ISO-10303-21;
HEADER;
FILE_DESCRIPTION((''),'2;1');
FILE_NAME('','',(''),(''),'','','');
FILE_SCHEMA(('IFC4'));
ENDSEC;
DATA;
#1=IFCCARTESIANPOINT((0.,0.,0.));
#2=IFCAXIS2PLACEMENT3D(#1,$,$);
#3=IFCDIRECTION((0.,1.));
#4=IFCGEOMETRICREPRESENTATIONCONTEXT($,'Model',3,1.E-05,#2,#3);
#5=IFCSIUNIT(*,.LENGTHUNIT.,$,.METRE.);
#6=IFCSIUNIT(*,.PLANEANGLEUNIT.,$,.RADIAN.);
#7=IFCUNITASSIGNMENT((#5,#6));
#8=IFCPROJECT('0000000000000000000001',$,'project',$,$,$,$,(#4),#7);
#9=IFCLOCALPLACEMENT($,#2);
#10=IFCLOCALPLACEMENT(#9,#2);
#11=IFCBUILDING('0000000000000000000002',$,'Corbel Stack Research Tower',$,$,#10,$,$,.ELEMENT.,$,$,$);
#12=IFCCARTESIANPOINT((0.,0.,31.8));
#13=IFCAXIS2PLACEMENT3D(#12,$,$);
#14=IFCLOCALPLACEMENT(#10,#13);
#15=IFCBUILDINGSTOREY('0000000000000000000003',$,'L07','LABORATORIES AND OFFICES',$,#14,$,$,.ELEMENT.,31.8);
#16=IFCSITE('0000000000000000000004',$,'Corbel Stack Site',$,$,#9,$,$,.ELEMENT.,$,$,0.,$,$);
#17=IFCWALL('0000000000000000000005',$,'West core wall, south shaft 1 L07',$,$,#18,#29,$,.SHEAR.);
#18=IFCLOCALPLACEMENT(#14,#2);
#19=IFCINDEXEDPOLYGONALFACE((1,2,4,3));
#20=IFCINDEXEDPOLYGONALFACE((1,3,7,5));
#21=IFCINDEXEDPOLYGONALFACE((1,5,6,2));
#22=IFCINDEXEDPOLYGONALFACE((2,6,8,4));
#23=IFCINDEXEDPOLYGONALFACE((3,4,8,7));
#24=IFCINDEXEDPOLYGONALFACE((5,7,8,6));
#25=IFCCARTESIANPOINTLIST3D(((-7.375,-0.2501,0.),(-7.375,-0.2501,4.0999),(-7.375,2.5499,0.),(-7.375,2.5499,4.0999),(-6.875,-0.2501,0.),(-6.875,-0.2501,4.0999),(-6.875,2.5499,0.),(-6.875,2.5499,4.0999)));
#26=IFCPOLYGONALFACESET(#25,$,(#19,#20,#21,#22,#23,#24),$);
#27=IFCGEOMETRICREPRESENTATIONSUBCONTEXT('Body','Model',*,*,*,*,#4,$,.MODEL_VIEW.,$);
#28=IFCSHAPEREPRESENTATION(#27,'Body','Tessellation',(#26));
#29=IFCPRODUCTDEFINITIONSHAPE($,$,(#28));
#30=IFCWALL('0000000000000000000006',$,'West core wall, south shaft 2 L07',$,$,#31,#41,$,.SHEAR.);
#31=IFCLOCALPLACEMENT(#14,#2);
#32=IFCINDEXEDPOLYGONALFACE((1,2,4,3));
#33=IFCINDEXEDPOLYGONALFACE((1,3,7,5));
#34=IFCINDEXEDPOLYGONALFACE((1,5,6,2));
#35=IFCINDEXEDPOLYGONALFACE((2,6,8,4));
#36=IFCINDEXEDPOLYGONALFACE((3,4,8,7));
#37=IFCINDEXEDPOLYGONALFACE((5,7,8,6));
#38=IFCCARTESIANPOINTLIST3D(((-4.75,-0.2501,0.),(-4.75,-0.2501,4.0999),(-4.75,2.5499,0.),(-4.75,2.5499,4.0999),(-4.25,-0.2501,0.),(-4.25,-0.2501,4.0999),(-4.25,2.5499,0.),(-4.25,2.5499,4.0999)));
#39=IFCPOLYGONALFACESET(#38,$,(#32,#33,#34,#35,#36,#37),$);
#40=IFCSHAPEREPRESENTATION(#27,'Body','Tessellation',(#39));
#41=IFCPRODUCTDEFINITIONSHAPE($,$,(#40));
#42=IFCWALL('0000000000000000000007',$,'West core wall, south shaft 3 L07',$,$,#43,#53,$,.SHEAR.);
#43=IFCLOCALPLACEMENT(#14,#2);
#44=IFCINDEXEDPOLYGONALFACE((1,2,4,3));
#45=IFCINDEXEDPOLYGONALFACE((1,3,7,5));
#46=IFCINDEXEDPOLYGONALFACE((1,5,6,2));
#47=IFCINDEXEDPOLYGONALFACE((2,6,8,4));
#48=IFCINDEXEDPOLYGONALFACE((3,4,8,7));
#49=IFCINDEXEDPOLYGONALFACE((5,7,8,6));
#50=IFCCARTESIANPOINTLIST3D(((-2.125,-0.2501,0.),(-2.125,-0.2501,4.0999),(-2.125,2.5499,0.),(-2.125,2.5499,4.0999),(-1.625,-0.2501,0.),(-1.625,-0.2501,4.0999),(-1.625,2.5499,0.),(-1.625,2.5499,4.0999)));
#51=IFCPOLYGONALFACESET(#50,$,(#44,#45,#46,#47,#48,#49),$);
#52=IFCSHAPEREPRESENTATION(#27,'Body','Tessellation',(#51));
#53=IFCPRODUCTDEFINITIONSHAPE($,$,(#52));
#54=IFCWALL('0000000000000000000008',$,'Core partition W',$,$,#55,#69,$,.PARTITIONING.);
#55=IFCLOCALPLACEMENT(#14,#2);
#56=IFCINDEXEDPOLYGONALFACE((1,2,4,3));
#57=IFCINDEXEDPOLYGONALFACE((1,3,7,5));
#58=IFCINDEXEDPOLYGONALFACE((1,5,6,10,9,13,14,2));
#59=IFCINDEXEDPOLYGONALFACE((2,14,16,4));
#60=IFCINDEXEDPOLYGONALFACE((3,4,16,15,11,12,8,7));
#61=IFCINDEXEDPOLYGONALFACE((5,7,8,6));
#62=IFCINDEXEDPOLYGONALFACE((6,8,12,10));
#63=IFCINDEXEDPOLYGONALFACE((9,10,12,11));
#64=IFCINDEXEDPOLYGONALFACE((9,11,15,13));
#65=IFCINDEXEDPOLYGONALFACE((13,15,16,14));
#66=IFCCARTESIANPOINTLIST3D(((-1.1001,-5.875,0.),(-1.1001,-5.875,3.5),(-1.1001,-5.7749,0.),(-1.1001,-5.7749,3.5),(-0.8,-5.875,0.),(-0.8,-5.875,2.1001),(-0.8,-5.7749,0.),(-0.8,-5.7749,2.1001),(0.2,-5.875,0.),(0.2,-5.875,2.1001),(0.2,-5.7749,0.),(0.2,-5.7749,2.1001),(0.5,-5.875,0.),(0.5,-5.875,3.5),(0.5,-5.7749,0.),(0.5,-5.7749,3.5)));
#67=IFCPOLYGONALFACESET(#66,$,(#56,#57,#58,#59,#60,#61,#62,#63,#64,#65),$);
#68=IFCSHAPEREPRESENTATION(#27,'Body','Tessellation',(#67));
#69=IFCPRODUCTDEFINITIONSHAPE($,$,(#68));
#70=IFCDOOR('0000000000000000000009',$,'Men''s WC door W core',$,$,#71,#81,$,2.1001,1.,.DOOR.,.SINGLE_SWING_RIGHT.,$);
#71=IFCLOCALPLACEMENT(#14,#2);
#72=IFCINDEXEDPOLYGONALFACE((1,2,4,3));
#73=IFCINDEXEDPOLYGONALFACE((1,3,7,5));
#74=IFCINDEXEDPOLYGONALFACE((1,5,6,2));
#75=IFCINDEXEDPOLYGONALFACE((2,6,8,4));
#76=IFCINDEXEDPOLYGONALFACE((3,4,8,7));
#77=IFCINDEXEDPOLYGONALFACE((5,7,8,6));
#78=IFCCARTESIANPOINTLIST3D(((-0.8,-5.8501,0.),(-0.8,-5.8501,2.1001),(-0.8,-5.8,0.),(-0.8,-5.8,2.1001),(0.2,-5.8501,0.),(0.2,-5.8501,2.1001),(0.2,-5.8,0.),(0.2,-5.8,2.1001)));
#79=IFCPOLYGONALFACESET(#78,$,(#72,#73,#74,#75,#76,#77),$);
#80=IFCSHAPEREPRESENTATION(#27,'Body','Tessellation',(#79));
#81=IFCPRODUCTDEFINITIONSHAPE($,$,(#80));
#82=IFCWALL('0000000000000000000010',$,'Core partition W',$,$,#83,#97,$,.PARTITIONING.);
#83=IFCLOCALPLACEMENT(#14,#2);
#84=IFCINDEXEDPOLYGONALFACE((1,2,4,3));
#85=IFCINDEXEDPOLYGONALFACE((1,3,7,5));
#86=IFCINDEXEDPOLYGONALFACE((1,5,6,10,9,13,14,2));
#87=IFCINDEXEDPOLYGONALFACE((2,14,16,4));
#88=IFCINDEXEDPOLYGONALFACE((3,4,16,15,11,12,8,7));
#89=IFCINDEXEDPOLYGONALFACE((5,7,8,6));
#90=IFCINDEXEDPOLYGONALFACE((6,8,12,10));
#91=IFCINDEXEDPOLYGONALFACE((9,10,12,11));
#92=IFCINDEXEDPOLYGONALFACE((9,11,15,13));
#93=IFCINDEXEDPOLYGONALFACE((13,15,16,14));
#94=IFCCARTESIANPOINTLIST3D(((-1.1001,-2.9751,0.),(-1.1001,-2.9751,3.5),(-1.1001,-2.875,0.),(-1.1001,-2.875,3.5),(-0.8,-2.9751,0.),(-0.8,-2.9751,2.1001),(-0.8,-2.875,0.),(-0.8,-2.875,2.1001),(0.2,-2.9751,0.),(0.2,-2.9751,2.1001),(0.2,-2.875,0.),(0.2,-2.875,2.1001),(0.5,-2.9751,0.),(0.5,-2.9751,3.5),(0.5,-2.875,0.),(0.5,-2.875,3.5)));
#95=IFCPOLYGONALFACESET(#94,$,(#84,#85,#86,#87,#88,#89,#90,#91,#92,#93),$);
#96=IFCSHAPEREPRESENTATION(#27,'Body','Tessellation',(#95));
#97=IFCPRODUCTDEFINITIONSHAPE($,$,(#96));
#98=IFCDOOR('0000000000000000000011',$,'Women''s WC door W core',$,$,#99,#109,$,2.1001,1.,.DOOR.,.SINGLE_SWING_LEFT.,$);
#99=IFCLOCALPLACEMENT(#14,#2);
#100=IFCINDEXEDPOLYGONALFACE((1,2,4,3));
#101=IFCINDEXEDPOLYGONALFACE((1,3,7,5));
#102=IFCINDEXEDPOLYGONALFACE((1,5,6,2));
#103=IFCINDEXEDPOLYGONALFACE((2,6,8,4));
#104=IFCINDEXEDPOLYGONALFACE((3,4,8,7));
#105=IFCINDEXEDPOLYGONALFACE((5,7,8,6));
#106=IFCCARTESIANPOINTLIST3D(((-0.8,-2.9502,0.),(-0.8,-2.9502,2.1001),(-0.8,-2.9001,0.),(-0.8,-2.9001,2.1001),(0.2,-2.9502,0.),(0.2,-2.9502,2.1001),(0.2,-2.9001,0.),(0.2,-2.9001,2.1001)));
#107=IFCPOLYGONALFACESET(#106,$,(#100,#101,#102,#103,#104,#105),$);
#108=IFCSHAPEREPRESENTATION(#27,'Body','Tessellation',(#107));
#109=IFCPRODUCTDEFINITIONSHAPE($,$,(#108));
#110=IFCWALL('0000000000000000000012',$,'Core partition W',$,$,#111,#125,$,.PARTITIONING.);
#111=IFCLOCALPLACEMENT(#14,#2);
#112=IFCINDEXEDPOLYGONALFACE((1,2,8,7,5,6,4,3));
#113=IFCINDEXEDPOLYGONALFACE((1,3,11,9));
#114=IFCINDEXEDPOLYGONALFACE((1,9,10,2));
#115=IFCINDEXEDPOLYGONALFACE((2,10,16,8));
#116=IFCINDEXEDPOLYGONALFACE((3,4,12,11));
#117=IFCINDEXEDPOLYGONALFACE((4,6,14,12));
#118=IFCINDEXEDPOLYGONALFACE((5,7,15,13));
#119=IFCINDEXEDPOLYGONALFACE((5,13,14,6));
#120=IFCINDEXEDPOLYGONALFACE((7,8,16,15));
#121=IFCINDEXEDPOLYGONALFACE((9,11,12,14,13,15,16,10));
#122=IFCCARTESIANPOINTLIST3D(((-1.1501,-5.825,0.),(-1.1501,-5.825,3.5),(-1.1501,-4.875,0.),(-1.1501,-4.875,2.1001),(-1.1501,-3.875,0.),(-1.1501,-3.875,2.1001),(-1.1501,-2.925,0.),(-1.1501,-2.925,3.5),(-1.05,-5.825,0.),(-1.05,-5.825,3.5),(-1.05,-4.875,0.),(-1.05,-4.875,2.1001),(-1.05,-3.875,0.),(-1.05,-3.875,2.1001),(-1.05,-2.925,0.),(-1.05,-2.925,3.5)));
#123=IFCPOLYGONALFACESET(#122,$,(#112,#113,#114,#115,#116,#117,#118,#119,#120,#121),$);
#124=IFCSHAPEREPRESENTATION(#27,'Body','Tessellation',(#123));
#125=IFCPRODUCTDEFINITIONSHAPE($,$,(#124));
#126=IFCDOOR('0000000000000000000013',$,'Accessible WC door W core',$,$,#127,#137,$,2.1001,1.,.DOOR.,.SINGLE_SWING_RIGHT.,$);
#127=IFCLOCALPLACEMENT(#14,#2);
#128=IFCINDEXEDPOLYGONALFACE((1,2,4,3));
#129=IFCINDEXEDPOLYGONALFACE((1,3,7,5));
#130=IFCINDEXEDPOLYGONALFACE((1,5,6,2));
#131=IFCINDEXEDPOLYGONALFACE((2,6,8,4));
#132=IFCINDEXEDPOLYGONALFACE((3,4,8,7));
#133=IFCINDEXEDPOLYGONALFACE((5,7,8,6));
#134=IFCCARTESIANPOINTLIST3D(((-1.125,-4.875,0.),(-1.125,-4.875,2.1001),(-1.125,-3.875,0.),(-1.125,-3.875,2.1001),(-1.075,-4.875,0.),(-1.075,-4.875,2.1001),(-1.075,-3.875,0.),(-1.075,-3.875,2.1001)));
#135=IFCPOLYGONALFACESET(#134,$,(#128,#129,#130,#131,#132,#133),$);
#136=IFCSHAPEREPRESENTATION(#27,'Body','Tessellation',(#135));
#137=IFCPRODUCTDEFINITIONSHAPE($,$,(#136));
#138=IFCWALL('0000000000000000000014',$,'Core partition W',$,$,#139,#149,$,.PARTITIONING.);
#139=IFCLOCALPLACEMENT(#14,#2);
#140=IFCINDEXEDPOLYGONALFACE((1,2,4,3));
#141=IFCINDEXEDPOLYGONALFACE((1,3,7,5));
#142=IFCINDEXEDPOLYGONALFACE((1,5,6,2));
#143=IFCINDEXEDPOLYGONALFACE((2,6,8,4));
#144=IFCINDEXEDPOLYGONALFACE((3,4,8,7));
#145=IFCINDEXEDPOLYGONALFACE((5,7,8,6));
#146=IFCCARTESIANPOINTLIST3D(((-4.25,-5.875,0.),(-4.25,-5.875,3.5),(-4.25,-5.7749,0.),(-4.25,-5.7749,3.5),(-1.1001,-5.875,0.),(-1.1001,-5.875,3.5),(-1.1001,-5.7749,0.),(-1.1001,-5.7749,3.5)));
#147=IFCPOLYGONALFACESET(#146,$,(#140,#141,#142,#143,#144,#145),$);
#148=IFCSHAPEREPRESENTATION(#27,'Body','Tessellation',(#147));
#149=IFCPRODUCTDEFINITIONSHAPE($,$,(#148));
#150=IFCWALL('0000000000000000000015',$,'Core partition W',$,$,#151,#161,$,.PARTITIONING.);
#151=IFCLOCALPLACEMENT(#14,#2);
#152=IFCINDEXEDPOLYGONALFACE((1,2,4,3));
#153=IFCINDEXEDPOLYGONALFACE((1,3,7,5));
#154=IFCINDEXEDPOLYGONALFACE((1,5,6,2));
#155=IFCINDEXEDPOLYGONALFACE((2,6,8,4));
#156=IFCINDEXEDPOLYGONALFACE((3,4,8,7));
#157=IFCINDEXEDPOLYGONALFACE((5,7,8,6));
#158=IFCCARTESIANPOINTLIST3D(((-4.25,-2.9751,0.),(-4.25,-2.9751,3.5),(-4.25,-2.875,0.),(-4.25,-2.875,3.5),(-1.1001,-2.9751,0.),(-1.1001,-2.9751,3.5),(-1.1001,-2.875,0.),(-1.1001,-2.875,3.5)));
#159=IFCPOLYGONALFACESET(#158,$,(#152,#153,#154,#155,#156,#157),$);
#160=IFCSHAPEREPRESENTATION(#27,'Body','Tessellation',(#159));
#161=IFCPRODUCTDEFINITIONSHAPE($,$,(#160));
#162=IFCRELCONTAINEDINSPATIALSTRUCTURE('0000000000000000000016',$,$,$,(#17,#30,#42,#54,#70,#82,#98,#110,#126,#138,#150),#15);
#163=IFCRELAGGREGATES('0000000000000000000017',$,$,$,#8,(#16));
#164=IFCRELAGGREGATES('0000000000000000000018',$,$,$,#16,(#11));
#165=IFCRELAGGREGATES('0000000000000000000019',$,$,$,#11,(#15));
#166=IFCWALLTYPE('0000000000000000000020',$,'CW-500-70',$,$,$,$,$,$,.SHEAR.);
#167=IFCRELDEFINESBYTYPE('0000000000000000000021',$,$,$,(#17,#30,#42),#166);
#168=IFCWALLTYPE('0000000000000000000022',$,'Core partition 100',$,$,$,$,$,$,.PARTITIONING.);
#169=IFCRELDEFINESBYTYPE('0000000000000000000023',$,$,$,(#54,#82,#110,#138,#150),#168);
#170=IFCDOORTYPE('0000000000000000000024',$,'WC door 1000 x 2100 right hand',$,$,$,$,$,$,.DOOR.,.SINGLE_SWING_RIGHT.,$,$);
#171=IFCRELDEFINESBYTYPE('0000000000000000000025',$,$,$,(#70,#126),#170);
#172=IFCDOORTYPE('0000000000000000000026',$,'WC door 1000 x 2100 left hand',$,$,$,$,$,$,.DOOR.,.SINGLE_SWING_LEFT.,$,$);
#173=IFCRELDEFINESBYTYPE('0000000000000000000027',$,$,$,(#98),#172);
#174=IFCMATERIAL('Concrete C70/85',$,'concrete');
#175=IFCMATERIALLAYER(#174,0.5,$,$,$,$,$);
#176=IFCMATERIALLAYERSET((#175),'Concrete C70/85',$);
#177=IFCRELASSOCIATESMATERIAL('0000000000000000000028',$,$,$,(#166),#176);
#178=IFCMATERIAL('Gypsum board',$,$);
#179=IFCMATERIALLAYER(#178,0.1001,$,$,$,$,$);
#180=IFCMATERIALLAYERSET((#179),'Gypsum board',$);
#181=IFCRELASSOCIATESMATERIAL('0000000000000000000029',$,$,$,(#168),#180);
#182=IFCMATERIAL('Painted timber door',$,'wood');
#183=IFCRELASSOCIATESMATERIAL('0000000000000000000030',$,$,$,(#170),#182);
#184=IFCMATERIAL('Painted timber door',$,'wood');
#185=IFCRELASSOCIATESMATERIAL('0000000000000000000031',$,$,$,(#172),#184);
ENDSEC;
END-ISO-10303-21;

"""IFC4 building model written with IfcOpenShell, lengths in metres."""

from ifc_helpers import new_model, si_unit, direction, frame, frame_2d, origin, place, context, subcontext, project, spatial, rectangle, extrude, material, layer, layer_set, type_object, element, fill, save


model = new_model("IFC4")

# Units and contexts
model_context = context("Model", 3, precision=1e-05, world=origin(), true_north=direction((0.0, 1.0)))
body_context = subcontext(model_context, "Body", "Model", "MODEL_VIEW")
ifc_project = project(units=[si_unit("LENGTHUNIT", "METRE"), si_unit("PLANEANGLEUNIT", "RADIAN")], contexts=[model_context])

# Site, building, storey
site_placement = place(None, origin())
site = spatial("IfcSite", under=ifc_project, at=site_placement, Name="Corbel Stack Site", CompositionType="ELEMENT", RefElevation=0.0)
building_placement = place(site_placement, origin())
building = spatial("IfcBuilding", under=site, at=building_placement, Name="Corbel Stack Research Tower", CompositionType="ELEMENT")
storey_placement = place(building_placement, frame((0.0, 0.0, 31.8)))
storey = spatial("IfcBuildingStorey", under=building, at=storey_placement, Name="L07", Description="LABORATORIES AND OFFICES", CompositionType="ELEMENT", Elevation=31.8)

# Walls
ifc_material_1 = material(Name="Concrete C70/85", Category="concrete")
ifc_layer_1 = layer(ifc_material_1, 0.5)
ifc_layer_set_1 = layer_set([ifc_layer_1], Name="Concrete C70/85")
wall_type_1 = type_object("IfcWallType", Name="CW-500-70", PredefinedType="SHEAR", material=ifc_layer_set_1)
for number, where, z_axis, x_axis, name in (
    (1, (-7.125, -0.25, 0.0), (0.0, 0.0, 1.0), (0.0, 1.0, 0.0), "West core wall, south shaft 1 L07"),
    (2, (-4.5, -0.25, 0.0), (0.0, 0.0, 1.0), (0.0, 1.0, 0.0), "West core wall, south shaft 2 L07"),
    (3, (-1.875, -0.25, 0.0), (0.0, 0.0, 1.0), (0.0, 1.0, 0.0), "West core wall, south shaft 3 L07"),
):
    element("IfcWall", number, at=place(storey_placement, frame(where, z_axis=z_axis, x_axis=x_axis)), inside=storey, type_object=wall_type_1, Name=name, PredefinedType="SHEAR", context=body_context, shape_type="SweptSolid", body=[
        extrude(rectangle(XDim=2.8, YDim=0.5, at=frame_2d((1.3999, 0.0))), origin(), (0.0, 0.0, 1.0), 4.0999),
    ])

# Walls, openings, doors
ifc_material_2 = material(Name="Gypsum board")
ifc_layer_2 = layer(ifc_material_2, 0.1001)
ifc_layer_set_2 = layer_set([ifc_layer_2], Name="Gypsum board")
wall_type_2 = type_object("IfcWallType", Name="Core partition 100", PredefinedType="PARTITIONING", material=ifc_layer_set_2)
wall_1_placement = place(storey_placement, frame((-1.1001, -5.825, 0.0), z_axis=(0.0, 0.0, 1.0), x_axis=(1.0, 0.0, 0.0)))
wall_1 = element("IfcWall", 4, at=wall_1_placement, inside=storey, type_object=wall_type_2, Name="Core partition W", PredefinedType="PARTITIONING", context=body_context, shape_type="SweptSolid", body=[
    extrude(rectangle(XDim=1.6001, YDim=0.1001, at=frame_2d((0.8, 0.0))), origin(), (0.0, 0.0, 1.0), 3.5),
])
opening_1_placement = place(wall_1_placement, frame((0.3, 0.0, 0.0)))
opening_1 = element("IfcOpeningElement", 5, at=opening_1_placement, cuts=wall_1, PredefinedType="OPENING", context=body_context, shape_type="SweptSolid", body=[
    extrude(rectangle(XDim=1.0, YDim=2.1001, at=frame_2d((0.5, 1.05))), frame((0.0, 0.0601, 0.0), z_axis=(0.0, -1.0, 0.0), x_axis=(1.0, 0.0, 0.0)), (0.0, 0.0, 1.0), 0.1201),
])
ifc_material_3 = material(Name="Painted timber door", Category="wood")
door_type_1 = type_object("IfcDoorType", Name="WC door 1000 x 2100 right hand", OperationType="SINGLE_SWING_RIGHT", PredefinedType="DOOR", material=ifc_material_3)
door_1_placement = place(opening_1_placement, origin())
door_1 = element("IfcDoor", 6, at=door_1_placement, inside=storey, type_object=door_type_1, Name="Men's WC door W core", OperationType="SINGLE_SWING_RIGHT", OverallHeight=2.1001, OverallWidth=1.0, PredefinedType="DOOR", context=body_context, shape_type="SweptSolid", body=[
    extrude(rectangle(XDim=1.0, YDim=2.1001, at=frame_2d((0.5, 1.05))), frame((0.0, 0.0249, 0.0), z_axis=(0.0, -1.0, 0.0), x_axis=(1.0, 0.0, 0.0)), (0.0, 0.0, 1.0), 0.05),
])
fill(opening_1, door_1)
wall_2_placement = place(storey_placement, frame((-1.1001, -2.925, 0.0), z_axis=(0.0, 0.0, 1.0), x_axis=(1.0, 0.0, 0.0)))
wall_2 = element("IfcWall", 7, at=wall_2_placement, inside=storey, type_object=wall_type_2, Name="Core partition W", PredefinedType="PARTITIONING", context=body_context, shape_type="SweptSolid", body=[
    extrude(rectangle(XDim=1.6001, YDim=0.1001, at=frame_2d((0.8, 0.0))), origin(), (0.0, 0.0, 1.0), 3.5),
])
opening_2_placement = place(wall_2_placement, frame((0.3, 0.0, 0.0)))
opening_2 = element("IfcOpeningElement", 8, at=opening_2_placement, cuts=wall_2, PredefinedType="OPENING", context=body_context, shape_type="SweptSolid", body=[
    extrude(rectangle(XDim=1.0, YDim=2.1001, at=frame_2d((0.5, 1.05))), frame((0.0, 0.0601, 0.0), z_axis=(0.0, -1.0, 0.0), x_axis=(1.0, 0.0, 0.0)), (0.0, 0.0, 1.0), 0.1201),
])
ifc_material_4 = material(Name="Painted timber door", Category="wood")
door_type_2 = type_object("IfcDoorType", Name="WC door 1000 x 2100 left hand", OperationType="SINGLE_SWING_LEFT", PredefinedType="DOOR", material=ifc_material_4)
door_2_placement = place(opening_2_placement, origin())
door_2 = element("IfcDoor", 9, at=door_2_placement, inside=storey, type_object=door_type_2, Name="Women's WC door W core", OperationType="SINGLE_SWING_LEFT", OverallHeight=2.1001, OverallWidth=1.0, PredefinedType="DOOR", context=body_context, shape_type="SweptSolid", body=[
    extrude(rectangle(XDim=1.0, YDim=2.1001, at=frame_2d((0.5, 1.05))), frame((0.0, 0.0249, 0.0), z_axis=(0.0, -1.0, 0.0), x_axis=(1.0, 0.0, 0.0)), (0.0, 0.0, 1.0), 0.05),
])
fill(opening_2, door_2)
wall_3_placement = place(storey_placement, frame((-1.1001, -5.825, 0.0), z_axis=(0.0, 0.0, 1.0), x_axis=(0.0, 1.0, 0.0)))
wall_3 = element("IfcWall", 10, at=wall_3_placement, inside=storey, type_object=wall_type_2, Name="Core partition W", PredefinedType="PARTITIONING", context=body_context, shape_type="SweptSolid", body=[
    extrude(rectangle(XDim=2.8999, YDim=0.1001, at=frame_2d((1.45, 0.0))), origin(), (0.0, 0.0, 1.0), 3.5),
])
opening_3_placement = place(wall_3_placement, frame((0.95, 0.0, 0.0)))
opening_3 = element("IfcOpeningElement", 11, at=opening_3_placement, cuts=wall_3, PredefinedType="OPENING", context=body_context, shape_type="SweptSolid", body=[
    extrude(rectangle(XDim=1.0, YDim=2.1001, at=frame_2d((0.5, 1.05))), frame((0.0, 0.0601, 0.0), z_axis=(0.0, -1.0, 0.0), x_axis=(1.0, 0.0, 0.0)), (0.0, 0.0, 1.0), 0.1201),
])
door_3_placement = place(opening_3_placement, origin())
door_3 = element("IfcDoor", 12, at=door_3_placement, inside=storey, type_object=door_type_1, Name="Accessible WC door W core", OperationType="SINGLE_SWING_RIGHT", OverallHeight=2.1001, OverallWidth=1.0, PredefinedType="DOOR", context=body_context, shape_type="SweptSolid", body=[
    extrude(rectangle(XDim=1.0, YDim=2.1001, at=frame_2d((0.5, 1.05))), frame((0.0, 0.0249, 0.0), z_axis=(0.0, -1.0, 0.0), x_axis=(1.0, 0.0, 0.0)), (0.0, 0.0, 1.0), 0.05),
])
fill(opening_3, door_3)

# Walls
for number, where, z_axis, x_axis, name in (
    (13, (-4.25, -5.825, 0.0), (0.0, 0.0, 1.0), (1.0, 0.0, 0.0), "Core partition W"),
    (14, (-4.25, -2.925, 0.0), (0.0, 0.0, 1.0), (1.0, 0.0, 0.0), "Core partition W"),
):
    element("IfcWall", number, at=place(storey_placement, frame(where, z_axis=z_axis, x_axis=x_axis)), inside=storey, type_object=wall_type_2, Name=name, PredefinedType="PARTITIONING", context=body_context, shape_type="SweptSolid", body=[
        extrude(rectangle(XDim=3.1499, YDim=0.1001, at=frame_2d((1.575, 0.0))), origin(), (0.0, 0.0, 1.0), 3.5),
    ])

save(model, "model.ifc")
